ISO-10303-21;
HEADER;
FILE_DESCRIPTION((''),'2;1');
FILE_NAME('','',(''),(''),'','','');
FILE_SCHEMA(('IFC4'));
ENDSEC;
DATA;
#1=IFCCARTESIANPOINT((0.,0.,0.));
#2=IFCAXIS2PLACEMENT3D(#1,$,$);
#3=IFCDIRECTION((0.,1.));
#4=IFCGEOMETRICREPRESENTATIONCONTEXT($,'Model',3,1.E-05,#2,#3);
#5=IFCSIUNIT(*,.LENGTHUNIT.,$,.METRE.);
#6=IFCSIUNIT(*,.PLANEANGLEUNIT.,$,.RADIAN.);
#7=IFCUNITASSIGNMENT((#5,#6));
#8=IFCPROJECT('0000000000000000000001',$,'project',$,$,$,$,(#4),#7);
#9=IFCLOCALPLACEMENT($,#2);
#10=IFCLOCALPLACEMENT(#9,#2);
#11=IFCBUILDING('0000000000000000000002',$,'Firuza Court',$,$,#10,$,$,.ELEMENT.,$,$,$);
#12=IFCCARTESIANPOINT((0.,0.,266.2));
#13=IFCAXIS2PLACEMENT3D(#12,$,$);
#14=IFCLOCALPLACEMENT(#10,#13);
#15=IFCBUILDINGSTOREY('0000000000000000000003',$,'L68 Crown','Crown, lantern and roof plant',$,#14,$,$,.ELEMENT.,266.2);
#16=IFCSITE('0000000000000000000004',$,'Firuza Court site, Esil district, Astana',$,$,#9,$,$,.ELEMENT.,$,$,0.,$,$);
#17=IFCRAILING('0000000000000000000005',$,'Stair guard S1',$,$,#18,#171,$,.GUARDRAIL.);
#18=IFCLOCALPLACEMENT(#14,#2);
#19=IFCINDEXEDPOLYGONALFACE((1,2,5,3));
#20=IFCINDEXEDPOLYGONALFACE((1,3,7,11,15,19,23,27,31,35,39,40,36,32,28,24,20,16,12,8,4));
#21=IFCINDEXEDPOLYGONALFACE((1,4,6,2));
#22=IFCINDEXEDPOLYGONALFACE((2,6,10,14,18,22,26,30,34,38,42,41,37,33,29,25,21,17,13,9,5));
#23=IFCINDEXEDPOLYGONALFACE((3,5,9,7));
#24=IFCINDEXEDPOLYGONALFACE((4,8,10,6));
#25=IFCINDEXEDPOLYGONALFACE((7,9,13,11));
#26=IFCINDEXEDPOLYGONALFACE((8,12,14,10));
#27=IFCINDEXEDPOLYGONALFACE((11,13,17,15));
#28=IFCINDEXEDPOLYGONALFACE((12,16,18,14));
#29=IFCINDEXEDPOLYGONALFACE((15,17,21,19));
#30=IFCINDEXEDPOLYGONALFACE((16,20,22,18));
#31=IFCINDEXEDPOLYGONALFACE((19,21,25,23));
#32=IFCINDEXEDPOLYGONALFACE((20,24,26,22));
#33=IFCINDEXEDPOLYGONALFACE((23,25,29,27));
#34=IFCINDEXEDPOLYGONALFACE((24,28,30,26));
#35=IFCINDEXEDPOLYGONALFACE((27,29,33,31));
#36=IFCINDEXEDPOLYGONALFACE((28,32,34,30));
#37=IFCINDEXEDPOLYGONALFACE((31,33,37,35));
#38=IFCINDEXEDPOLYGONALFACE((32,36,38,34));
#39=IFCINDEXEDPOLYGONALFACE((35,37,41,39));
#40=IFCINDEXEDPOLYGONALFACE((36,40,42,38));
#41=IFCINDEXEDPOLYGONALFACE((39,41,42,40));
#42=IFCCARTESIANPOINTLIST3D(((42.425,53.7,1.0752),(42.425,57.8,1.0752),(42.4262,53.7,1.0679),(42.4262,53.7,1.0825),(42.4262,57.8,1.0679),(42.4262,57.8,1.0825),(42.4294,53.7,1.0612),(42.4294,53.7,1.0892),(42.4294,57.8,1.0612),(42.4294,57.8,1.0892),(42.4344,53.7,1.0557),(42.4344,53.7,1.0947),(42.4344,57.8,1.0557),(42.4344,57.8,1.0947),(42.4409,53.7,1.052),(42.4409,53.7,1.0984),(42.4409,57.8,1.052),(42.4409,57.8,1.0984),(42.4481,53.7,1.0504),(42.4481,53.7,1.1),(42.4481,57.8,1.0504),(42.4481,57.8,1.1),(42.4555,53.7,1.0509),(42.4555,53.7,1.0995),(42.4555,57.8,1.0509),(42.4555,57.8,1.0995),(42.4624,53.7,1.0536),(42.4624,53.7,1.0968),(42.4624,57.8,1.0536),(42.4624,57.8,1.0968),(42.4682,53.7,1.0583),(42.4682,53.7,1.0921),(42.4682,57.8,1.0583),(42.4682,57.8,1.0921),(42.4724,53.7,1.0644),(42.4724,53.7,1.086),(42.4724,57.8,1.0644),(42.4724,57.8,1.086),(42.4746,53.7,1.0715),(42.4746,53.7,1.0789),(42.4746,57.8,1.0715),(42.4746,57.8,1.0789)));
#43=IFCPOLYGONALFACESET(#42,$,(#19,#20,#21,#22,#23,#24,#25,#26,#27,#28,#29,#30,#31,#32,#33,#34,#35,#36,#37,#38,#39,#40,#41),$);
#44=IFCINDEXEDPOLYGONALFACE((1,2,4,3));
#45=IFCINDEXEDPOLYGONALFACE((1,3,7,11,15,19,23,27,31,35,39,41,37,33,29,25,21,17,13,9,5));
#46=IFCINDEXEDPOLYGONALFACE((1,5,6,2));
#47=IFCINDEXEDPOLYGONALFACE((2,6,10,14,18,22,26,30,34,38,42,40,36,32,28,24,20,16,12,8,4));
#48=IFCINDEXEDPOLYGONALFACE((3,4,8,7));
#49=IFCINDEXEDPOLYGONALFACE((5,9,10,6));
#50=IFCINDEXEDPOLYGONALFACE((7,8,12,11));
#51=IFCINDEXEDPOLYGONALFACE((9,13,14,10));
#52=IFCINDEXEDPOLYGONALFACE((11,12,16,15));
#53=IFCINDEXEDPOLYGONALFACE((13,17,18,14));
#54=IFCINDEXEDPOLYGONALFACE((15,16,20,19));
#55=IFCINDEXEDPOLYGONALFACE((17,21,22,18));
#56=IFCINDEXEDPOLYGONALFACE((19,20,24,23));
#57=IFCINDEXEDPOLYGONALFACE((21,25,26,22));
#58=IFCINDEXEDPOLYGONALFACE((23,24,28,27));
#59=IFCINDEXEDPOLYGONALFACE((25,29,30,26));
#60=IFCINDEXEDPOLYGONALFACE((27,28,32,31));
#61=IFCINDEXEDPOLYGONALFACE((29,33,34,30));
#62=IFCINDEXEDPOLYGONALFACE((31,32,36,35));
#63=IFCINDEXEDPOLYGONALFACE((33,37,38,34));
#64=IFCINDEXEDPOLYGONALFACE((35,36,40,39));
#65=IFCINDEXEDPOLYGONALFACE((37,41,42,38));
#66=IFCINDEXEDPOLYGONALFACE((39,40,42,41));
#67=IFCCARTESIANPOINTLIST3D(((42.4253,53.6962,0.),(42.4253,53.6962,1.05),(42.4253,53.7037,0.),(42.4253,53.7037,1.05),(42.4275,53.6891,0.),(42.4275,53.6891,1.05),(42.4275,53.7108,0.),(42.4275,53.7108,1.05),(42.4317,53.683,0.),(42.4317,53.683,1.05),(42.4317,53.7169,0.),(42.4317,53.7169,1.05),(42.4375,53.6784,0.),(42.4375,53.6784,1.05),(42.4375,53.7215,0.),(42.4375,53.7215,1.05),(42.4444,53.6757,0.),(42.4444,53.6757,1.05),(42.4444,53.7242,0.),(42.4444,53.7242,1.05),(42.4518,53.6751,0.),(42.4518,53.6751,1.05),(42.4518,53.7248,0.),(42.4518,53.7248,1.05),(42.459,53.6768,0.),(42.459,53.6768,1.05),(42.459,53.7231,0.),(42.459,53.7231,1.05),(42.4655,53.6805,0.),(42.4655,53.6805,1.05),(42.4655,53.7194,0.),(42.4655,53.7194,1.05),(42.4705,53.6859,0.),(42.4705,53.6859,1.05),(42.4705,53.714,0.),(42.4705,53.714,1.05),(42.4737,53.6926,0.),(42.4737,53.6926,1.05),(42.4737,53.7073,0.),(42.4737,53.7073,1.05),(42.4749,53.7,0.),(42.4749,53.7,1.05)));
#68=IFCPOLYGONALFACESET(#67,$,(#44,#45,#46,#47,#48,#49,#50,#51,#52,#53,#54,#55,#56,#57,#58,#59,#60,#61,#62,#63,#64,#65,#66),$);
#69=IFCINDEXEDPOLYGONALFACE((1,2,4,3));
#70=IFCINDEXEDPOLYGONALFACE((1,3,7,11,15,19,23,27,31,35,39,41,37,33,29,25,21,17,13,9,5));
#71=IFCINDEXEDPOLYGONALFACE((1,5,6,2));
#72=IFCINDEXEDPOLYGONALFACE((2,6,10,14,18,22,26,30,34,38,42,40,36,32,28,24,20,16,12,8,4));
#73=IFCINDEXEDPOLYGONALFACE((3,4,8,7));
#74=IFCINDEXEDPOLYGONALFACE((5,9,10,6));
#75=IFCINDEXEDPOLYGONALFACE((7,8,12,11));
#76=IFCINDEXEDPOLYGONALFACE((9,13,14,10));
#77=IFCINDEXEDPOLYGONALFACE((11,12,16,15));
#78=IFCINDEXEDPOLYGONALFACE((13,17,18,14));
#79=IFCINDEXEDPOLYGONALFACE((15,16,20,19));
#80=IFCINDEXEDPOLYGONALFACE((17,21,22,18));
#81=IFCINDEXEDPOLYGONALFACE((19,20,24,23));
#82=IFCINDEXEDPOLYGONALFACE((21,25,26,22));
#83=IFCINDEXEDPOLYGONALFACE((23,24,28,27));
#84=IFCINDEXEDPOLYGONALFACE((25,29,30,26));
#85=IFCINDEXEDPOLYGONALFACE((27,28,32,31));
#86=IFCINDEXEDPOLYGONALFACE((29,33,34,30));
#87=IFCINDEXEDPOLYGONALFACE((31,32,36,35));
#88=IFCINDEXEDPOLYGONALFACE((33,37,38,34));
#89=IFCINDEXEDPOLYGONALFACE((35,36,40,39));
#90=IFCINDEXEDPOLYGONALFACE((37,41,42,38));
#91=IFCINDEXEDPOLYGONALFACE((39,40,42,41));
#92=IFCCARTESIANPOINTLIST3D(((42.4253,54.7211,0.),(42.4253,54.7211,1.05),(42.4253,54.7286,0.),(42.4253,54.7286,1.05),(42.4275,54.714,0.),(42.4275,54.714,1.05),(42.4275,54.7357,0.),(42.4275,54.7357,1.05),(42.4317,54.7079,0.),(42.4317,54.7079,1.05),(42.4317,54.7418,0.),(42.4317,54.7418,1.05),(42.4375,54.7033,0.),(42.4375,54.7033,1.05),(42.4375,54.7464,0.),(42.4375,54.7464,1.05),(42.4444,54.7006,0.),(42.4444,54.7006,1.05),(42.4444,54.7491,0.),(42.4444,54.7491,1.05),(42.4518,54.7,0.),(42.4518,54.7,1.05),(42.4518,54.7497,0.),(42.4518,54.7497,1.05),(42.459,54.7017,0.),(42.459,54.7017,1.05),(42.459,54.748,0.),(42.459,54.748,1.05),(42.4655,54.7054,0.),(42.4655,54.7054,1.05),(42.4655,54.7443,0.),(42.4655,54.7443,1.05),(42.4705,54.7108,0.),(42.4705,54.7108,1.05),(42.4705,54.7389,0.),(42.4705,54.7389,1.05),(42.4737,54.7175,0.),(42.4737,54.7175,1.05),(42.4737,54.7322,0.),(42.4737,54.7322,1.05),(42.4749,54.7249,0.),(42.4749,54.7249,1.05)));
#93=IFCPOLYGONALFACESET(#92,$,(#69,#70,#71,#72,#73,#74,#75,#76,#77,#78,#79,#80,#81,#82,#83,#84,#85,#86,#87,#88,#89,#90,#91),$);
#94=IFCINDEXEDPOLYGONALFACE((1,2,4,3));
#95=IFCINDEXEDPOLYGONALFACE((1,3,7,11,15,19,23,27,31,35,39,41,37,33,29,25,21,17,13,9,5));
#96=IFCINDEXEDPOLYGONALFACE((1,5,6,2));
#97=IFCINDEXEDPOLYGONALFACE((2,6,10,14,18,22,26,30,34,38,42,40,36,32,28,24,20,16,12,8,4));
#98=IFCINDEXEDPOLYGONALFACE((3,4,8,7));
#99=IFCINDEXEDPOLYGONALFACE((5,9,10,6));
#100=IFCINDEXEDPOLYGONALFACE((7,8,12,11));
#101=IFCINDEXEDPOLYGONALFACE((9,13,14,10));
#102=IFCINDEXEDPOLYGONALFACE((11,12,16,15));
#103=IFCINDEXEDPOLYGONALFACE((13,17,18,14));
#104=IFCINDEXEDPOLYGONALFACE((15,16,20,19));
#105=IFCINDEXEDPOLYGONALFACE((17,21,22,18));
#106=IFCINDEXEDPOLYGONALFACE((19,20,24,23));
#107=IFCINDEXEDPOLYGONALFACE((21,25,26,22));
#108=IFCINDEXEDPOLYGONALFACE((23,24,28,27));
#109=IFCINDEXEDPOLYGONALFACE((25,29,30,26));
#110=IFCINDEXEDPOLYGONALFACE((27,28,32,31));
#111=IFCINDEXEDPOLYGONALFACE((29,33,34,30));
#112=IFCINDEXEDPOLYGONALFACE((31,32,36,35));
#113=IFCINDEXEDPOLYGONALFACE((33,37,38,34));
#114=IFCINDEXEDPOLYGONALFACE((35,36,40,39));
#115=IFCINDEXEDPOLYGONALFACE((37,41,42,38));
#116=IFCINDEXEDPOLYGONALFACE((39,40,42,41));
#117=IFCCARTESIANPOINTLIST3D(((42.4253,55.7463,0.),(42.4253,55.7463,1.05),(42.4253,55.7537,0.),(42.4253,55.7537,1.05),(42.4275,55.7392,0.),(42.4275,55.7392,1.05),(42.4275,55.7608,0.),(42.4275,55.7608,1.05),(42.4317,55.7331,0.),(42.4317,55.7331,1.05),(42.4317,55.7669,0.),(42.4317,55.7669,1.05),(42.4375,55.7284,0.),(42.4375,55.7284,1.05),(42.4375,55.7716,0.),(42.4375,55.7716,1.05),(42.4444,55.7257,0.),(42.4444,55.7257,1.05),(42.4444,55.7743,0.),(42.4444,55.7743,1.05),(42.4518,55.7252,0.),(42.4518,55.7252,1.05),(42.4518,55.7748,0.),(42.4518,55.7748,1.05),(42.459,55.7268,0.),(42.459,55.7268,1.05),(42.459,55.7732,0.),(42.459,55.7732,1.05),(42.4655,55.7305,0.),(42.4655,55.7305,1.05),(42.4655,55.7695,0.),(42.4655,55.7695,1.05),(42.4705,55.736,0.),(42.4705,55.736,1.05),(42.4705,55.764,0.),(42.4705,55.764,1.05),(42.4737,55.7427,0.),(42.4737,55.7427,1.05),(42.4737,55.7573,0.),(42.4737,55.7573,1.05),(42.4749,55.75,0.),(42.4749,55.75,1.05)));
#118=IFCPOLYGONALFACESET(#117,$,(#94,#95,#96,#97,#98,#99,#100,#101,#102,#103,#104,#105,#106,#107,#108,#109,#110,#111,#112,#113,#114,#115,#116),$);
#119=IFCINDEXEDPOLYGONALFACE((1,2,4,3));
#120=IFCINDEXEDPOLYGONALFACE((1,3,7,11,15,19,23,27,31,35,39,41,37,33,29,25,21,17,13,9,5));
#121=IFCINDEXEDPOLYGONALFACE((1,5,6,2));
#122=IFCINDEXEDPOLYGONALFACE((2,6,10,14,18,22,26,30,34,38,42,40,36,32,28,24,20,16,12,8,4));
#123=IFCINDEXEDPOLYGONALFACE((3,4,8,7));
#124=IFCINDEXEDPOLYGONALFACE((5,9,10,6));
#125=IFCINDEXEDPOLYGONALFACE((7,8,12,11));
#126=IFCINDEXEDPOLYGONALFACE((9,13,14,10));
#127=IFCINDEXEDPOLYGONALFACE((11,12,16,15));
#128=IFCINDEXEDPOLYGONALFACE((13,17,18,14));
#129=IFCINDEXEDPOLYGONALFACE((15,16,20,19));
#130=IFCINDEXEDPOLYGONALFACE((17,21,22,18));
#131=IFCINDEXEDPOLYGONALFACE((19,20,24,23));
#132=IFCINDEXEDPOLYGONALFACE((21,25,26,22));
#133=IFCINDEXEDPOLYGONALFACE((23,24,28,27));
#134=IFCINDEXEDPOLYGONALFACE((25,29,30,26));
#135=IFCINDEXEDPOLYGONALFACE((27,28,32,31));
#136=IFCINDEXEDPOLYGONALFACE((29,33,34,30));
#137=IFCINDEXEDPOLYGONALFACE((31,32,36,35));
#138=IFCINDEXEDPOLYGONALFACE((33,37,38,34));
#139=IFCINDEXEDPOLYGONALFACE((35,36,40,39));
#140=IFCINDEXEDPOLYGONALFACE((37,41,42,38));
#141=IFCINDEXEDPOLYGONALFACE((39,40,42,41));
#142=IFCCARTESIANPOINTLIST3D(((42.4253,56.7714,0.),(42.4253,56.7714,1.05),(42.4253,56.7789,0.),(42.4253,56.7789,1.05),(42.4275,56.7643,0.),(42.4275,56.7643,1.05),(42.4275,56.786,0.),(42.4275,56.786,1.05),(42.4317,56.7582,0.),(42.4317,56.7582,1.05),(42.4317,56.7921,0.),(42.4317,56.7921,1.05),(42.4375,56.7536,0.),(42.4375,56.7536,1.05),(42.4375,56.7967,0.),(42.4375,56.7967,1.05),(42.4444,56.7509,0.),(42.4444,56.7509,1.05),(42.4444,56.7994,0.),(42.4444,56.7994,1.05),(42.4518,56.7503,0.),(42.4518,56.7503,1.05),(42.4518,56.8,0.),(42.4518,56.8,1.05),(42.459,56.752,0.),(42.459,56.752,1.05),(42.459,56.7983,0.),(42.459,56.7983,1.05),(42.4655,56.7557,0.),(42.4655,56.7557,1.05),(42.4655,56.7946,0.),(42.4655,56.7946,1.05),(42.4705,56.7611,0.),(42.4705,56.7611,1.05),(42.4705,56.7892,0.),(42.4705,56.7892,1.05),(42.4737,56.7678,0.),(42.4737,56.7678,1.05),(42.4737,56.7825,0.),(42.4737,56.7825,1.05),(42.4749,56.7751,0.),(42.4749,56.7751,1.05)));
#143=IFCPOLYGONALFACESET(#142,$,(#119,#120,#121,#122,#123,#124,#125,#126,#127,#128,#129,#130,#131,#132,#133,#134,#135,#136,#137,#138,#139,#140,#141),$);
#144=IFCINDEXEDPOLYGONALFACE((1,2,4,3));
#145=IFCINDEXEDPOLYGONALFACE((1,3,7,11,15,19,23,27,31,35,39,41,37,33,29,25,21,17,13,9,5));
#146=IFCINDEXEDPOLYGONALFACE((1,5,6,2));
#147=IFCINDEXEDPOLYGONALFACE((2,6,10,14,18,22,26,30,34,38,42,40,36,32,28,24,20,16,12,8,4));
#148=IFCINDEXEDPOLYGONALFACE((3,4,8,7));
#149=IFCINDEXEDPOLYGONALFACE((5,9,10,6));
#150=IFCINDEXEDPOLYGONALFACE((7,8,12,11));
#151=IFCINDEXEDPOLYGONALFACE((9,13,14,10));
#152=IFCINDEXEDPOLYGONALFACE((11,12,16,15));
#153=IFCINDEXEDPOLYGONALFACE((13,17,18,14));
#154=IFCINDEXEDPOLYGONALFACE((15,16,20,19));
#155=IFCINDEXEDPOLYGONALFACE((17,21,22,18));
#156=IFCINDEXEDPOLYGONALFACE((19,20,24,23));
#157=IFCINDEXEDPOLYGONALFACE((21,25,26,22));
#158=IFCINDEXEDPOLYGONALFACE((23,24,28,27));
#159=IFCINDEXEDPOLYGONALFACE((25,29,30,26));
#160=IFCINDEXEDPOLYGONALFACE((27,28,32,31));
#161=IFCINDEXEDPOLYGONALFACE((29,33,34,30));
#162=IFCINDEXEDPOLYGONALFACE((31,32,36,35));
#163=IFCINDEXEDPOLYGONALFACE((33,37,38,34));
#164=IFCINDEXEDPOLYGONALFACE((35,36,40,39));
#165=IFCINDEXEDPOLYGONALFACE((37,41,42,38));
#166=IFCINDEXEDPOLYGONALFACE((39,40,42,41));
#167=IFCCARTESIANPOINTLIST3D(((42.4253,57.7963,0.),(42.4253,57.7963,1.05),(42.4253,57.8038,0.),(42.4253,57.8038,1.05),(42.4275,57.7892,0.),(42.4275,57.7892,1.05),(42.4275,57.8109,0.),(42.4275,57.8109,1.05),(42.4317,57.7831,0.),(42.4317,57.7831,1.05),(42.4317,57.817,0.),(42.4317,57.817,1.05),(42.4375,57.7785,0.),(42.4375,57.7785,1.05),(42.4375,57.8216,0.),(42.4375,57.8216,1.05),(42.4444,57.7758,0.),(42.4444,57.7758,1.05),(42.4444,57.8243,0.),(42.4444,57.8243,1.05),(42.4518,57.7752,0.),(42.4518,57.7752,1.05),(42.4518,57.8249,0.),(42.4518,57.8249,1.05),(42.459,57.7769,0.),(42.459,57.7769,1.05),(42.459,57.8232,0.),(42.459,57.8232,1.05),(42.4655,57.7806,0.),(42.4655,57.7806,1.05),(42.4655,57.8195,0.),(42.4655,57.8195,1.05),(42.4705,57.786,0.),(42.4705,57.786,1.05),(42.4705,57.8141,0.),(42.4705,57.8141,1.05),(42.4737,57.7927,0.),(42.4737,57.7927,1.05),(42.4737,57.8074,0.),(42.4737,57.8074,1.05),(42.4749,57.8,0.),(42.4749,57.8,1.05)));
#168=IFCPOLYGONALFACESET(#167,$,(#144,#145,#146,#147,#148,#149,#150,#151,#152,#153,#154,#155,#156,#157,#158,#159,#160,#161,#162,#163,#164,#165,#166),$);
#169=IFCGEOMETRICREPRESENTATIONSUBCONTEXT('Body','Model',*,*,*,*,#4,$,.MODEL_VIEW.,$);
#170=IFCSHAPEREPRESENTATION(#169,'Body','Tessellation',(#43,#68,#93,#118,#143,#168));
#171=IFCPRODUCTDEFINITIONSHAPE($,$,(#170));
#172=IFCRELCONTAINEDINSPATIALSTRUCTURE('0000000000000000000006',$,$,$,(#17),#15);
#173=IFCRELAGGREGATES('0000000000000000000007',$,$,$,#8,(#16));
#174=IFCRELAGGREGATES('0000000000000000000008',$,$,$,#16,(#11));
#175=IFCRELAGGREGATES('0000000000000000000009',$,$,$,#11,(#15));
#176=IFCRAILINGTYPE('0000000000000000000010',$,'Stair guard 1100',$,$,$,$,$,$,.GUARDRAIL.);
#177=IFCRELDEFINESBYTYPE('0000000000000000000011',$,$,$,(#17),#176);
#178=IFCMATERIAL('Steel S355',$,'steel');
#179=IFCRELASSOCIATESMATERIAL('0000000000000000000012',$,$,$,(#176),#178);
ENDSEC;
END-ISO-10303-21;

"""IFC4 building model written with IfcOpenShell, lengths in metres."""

from ifc_helpers import new_model, si_unit, direction, frame, origin, origin_2d, place, context, subcontext, project, spatial, circle, extrude, material, type_object, element, save


model = new_model("IFC4")

# Units and contexts
model_context = context("Model", 3, precision=1e-05, world=origin(), true_north=direction((0.0, 1.0)))
body_context = subcontext(model_context, "Body", "Model", "MODEL_VIEW")
ifc_project = project(units=[si_unit("LENGTHUNIT", "METRE"), si_unit("PLANEANGLEUNIT", "RADIAN")], contexts=[model_context])

# Site, building, storey
site_placement = place(None, origin())
site = spatial("IfcSite", under=ifc_project, at=site_placement, Name="Firuza Court site, Esil district, Astana", CompositionType="ELEMENT", RefElevation=0.0)
building_placement = place(site_placement, origin())
building = spatial("IfcBuilding", under=site, at=building_placement, Name="Firuza Court", CompositionType="ELEMENT")
storey_placement = place(building_placement, frame((0.0, 0.0, 266.2)))
storey = spatial("IfcBuildingStorey", under=building, at=storey_placement, Name="L68 Crown", Description="Crown, lantern and roof plant", CompositionType="ELEMENT", Elevation=266.2)

# Railing
ifc_material_1 = material(Name="Steel S355", Category="steel")
railing_type = type_object("IfcRailingType", Name="Stair guard 1100", PredefinedType="GUARDRAIL", material=ifc_material_1)
railing_placement = place(storey_placement, frame((42.45, 53.7, 0.0)))
element("IfcRailing", 1, at=railing_placement, inside=storey, type_object=railing_type, Name="Stair guard S1", PredefinedType="GUARDRAIL", context=body_context, shape_type="SweptSolid", body=[
    extrude(circle(Radius=0.0249, at=origin_2d()), frame((0.0, 0.0, 1.0752), z_axis=(0.0, 1.0, 0.0), x_axis=(-1.0, 0.0, 0.0)), (0.0, 0.0, 1.0), 4.1001),
    extrude(circle(Radius=0.0249, at=origin_2d()), origin(), (0.0, 0.0, 1.0), 1.05),
    extrude(circle(Radius=0.0249, at=origin_2d()), frame((0.0, 1.0249, 0.0)), (0.0, 0.0, 1.0), 1.05),
    extrude(circle(Radius=0.0249, at=origin_2d()), frame((0.0, 2.05, 0.0)), (0.0, 0.0, 1.0), 1.05),
    extrude(circle(Radius=0.0249, at=origin_2d()), frame((0.0, 3.0752, 0.0)), (0.0, 0.0, 1.0), 1.05),
    extrude(circle(Radius=0.0249, at=origin_2d()), frame((0.0, 4.1001, 0.0)), (0.0, 0.0, 1.0), 1.05),
])

save(model, "model.ifc")
